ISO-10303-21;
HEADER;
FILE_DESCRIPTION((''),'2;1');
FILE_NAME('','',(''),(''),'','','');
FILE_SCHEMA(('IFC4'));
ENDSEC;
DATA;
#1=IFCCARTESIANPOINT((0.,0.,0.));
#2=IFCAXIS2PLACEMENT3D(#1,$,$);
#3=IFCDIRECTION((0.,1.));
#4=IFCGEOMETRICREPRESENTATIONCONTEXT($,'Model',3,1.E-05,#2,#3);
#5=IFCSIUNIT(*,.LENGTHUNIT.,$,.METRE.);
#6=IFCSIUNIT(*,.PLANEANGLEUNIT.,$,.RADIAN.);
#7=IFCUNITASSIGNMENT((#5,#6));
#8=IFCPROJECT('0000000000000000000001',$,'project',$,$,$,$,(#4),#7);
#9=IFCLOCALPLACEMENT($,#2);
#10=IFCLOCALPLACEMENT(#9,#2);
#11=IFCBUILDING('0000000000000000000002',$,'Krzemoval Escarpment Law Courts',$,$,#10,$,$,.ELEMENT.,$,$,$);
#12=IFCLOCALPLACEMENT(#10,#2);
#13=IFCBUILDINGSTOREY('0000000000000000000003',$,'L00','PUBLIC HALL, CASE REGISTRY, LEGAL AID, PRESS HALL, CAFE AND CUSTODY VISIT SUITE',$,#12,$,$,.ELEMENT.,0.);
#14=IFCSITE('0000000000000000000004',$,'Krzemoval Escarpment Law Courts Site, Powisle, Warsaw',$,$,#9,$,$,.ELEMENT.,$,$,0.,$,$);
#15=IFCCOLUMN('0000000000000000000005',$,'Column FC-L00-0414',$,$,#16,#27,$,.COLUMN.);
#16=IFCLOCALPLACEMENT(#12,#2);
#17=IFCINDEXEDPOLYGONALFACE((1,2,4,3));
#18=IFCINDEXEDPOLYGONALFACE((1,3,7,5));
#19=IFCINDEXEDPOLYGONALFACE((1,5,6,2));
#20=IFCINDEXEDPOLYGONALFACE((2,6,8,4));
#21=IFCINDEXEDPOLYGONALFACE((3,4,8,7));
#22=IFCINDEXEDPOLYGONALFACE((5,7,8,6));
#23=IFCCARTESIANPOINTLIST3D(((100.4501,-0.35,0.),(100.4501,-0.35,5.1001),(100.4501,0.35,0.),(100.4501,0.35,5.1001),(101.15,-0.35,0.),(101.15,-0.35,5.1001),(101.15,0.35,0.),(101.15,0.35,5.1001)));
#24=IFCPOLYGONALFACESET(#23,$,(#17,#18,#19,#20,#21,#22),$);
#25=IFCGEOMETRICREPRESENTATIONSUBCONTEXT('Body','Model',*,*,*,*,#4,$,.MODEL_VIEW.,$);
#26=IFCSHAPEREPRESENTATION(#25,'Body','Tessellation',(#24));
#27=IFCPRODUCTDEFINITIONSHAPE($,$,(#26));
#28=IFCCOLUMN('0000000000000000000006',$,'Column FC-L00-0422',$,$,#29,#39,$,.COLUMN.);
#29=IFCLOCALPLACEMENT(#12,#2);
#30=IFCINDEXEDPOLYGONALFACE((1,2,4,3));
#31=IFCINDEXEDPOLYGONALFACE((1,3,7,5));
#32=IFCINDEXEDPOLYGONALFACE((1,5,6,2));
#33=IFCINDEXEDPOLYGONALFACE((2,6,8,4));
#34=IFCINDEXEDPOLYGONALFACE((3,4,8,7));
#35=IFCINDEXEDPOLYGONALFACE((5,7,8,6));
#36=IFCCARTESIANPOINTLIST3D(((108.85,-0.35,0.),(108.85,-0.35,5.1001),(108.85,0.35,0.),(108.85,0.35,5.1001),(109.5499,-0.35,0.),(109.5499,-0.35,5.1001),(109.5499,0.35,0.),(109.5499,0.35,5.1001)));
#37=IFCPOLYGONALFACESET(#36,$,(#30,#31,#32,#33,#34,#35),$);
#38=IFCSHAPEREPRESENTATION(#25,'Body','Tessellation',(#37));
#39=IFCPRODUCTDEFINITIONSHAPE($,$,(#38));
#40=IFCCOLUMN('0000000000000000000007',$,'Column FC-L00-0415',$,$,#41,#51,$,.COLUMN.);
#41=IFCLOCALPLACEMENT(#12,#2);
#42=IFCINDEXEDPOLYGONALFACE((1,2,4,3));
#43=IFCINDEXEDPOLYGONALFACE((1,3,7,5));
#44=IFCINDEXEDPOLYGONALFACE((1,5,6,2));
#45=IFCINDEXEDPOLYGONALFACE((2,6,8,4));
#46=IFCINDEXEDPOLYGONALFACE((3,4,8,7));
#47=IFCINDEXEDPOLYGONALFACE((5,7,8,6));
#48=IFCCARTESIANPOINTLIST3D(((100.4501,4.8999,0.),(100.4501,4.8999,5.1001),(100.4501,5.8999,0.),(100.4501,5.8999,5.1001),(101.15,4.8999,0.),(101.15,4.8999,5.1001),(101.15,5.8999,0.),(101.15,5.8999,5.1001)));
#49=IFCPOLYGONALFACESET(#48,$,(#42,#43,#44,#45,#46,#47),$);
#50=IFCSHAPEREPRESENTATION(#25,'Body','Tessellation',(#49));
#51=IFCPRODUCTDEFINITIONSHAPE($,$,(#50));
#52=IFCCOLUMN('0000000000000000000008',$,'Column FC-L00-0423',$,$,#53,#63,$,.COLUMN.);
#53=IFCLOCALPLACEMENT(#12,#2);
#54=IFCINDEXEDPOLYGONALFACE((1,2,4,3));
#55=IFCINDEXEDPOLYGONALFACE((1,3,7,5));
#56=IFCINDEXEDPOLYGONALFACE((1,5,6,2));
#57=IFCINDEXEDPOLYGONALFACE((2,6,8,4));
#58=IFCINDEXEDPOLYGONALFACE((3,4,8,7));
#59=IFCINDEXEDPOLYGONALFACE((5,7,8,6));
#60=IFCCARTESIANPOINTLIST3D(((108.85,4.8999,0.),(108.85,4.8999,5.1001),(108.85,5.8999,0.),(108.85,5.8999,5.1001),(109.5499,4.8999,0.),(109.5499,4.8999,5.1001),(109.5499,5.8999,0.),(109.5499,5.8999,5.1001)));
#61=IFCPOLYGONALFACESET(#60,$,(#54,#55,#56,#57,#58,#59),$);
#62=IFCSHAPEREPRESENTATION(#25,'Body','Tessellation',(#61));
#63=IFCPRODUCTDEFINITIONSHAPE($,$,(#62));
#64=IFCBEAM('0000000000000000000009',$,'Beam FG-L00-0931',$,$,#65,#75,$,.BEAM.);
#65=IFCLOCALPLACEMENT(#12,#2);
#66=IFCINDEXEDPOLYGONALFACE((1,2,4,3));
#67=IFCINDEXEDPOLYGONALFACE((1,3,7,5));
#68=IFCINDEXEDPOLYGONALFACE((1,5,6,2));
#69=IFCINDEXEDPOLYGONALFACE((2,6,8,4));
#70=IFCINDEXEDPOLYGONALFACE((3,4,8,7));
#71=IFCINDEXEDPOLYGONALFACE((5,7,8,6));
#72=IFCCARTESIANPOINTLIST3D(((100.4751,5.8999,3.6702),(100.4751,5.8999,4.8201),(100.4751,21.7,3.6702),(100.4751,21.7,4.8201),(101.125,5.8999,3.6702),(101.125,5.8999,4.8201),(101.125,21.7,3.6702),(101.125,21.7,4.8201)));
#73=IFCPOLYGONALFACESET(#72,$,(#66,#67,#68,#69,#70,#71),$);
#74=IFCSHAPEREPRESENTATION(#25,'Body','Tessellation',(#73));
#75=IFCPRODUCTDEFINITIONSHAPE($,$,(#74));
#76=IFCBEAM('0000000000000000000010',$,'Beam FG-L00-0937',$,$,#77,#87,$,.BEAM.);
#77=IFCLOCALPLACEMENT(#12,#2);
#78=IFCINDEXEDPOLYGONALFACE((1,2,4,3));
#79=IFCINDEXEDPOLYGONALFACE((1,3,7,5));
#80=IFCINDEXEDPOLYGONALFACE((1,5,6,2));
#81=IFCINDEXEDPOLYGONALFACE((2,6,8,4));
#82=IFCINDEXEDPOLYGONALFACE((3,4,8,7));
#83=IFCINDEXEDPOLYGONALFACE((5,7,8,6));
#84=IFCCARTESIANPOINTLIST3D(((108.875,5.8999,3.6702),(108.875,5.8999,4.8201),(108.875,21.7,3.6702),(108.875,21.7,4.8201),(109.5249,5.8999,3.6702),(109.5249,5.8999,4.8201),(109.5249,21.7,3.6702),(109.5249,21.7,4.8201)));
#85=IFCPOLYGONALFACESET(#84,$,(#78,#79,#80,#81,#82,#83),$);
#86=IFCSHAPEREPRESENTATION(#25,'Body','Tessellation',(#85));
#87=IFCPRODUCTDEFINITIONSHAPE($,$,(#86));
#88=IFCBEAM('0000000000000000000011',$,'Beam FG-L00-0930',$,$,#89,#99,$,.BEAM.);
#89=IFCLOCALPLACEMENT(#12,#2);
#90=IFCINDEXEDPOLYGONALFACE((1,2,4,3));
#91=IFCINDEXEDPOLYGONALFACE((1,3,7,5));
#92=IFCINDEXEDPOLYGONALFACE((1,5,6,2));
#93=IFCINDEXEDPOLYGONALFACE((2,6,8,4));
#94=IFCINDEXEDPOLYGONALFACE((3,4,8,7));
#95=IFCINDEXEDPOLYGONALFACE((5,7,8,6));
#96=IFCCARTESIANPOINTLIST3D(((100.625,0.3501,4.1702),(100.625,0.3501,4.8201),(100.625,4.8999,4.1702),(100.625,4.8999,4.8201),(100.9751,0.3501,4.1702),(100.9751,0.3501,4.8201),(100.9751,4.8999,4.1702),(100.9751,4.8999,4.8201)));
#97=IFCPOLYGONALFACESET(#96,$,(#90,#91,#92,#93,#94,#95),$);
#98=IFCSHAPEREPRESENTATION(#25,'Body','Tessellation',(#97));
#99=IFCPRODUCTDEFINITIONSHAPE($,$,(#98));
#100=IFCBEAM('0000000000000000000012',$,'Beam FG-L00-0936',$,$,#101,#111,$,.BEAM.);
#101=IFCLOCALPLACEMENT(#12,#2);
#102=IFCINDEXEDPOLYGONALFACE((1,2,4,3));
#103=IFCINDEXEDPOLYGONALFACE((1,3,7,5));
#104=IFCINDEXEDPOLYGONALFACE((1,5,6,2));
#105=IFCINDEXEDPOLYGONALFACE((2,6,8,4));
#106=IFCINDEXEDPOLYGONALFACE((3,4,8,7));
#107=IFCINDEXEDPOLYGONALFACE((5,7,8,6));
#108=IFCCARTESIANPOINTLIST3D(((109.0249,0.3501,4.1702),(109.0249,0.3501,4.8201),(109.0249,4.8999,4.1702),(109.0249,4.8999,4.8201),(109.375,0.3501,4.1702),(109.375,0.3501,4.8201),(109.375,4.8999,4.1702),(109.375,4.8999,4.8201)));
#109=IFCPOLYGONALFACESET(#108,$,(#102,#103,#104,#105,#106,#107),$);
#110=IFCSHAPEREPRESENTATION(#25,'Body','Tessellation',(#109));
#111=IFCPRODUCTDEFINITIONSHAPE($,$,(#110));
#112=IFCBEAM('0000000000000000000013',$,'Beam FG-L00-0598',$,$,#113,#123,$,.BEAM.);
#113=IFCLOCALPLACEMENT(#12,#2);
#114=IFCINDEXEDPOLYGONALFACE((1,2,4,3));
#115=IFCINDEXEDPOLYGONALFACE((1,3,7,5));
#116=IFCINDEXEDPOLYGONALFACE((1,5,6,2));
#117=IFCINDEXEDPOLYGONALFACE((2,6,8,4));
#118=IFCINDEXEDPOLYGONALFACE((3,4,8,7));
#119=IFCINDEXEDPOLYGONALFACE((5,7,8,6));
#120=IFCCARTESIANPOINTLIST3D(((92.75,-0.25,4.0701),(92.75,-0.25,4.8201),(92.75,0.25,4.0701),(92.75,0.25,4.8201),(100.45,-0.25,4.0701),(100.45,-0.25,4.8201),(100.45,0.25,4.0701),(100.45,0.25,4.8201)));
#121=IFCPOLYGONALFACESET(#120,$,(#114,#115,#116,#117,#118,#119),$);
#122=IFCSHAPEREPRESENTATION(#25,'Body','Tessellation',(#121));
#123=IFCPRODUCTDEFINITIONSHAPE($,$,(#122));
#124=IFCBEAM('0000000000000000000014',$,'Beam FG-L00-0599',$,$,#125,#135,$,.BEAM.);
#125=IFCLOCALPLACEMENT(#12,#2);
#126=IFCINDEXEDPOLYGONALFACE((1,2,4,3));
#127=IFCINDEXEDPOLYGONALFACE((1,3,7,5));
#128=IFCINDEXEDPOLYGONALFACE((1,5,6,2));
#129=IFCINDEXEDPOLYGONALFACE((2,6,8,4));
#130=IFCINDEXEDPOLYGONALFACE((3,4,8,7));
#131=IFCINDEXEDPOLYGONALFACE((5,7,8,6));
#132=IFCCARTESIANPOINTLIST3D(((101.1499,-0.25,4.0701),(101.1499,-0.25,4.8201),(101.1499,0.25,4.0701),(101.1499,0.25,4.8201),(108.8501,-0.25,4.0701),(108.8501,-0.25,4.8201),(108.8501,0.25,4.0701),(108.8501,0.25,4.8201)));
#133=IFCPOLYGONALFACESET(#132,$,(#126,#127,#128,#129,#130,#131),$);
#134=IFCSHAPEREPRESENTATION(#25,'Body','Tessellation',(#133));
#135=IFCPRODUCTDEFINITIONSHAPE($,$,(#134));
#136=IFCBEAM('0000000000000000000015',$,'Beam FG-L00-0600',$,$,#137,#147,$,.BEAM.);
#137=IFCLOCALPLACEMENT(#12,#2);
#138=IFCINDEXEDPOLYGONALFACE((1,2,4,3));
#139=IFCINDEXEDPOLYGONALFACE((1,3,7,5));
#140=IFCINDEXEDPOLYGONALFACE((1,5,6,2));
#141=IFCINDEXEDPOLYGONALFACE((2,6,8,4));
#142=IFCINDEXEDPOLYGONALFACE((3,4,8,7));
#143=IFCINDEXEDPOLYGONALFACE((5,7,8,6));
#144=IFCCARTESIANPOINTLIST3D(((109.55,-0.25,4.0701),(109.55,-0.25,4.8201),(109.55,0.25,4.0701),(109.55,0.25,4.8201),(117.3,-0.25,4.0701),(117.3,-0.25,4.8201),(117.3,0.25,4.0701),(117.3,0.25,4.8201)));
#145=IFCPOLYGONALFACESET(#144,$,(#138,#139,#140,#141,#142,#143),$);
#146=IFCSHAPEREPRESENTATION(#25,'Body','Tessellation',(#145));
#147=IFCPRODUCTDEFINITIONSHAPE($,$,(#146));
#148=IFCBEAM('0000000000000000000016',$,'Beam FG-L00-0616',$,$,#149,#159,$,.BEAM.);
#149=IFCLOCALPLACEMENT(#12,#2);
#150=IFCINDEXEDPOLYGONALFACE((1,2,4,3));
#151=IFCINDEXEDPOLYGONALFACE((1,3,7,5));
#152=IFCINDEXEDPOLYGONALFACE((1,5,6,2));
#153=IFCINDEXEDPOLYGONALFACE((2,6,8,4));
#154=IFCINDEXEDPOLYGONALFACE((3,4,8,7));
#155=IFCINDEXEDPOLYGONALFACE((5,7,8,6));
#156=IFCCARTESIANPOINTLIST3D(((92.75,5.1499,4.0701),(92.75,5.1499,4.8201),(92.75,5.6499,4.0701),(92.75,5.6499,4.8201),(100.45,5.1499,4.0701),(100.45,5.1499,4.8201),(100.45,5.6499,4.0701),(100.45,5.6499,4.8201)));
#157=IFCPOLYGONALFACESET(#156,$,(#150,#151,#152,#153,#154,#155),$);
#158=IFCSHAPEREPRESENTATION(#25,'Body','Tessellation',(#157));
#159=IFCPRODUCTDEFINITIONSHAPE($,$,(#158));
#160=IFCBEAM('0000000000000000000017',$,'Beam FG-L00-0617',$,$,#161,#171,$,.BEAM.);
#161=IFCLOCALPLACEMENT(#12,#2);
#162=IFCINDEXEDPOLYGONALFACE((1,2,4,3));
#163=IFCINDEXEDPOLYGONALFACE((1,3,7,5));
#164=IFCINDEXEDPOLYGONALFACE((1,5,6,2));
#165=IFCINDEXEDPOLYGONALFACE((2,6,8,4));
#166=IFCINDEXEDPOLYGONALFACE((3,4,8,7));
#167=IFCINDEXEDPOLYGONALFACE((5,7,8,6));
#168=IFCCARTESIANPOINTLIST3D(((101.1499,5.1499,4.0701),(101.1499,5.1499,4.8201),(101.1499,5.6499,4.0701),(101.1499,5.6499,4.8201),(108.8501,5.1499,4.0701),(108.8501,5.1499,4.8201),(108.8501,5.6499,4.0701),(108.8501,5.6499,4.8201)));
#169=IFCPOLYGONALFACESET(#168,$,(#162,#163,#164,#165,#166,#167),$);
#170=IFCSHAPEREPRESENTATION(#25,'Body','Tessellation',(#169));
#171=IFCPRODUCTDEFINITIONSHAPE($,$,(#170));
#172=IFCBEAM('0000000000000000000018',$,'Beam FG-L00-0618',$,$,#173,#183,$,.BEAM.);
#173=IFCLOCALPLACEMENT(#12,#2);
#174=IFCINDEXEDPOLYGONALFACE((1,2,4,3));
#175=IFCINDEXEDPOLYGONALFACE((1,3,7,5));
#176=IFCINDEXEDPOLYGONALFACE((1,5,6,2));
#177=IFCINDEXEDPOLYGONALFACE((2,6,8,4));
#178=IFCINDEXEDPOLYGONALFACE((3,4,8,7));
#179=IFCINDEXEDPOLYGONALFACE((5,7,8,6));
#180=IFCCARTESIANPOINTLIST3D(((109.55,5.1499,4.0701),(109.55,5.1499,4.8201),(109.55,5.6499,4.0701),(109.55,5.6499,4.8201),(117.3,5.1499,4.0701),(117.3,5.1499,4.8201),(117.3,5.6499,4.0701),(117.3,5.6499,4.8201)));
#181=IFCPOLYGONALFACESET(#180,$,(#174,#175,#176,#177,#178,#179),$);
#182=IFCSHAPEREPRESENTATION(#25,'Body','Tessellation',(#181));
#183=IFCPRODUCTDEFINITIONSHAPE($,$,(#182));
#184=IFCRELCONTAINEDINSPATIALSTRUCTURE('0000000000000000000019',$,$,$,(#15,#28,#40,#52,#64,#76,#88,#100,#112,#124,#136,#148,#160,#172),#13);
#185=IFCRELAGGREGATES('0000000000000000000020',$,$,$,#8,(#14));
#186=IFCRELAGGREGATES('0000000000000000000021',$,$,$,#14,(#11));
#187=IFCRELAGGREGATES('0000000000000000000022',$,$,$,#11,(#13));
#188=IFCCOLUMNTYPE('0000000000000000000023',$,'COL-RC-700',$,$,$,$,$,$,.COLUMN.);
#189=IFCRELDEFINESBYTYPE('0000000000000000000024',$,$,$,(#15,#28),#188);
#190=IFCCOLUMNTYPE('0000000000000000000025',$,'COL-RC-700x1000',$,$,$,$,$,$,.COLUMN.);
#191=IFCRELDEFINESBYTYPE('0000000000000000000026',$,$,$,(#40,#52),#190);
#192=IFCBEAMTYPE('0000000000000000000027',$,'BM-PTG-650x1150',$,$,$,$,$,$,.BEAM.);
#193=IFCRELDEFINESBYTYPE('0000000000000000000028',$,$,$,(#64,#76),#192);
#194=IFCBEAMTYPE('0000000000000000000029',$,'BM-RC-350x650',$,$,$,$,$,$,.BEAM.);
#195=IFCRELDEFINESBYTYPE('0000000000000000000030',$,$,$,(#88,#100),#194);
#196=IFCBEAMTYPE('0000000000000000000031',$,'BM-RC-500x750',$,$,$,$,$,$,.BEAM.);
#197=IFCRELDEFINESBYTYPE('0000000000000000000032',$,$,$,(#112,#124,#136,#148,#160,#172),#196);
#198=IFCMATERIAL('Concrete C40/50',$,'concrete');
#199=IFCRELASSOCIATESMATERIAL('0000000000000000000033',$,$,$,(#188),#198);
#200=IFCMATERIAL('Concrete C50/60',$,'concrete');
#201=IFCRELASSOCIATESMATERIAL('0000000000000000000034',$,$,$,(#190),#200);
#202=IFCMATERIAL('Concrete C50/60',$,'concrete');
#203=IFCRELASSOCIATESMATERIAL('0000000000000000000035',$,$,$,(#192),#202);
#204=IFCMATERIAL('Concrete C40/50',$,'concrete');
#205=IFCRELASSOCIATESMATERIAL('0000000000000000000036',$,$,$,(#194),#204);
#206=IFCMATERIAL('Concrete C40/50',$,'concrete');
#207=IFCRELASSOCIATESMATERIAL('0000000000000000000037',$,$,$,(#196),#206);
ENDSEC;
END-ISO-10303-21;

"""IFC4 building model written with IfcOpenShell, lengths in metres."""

from ifc_helpers import new_model, si_unit, direction, frame, origin, origin_2d, place, context, subcontext, project, spatial, rectangle, extrude, material, material_profile, profile_set, type_object, element, save


model = new_model("IFC4")

# Units and contexts
model_context = context("Model", 3, precision=1e-05, world=origin(), true_north=direction((0.0, 1.0)))
body_context = subcontext(model_context, "Body", "Model", "MODEL_VIEW")
ifc_project = project(units=[si_unit("LENGTHUNIT", "METRE"), si_unit("PLANEANGLEUNIT", "RADIAN")], contexts=[model_context])

# Site, building, storey
site_placement = place(None, origin())
site = spatial("IfcSite", under=ifc_project, at=site_placement, Name="Krzemoval Escarpment Law Courts Site, Powisle, Warsaw", CompositionType="ELEMENT", RefElevation=0.0)
building_placement = place(site_placement, origin())
building = spatial("IfcBuilding", under=site, at=building_placement, Name="Krzemoval Escarpment Law Courts", CompositionType="ELEMENT")
storey_placement = place(building_placement, origin())
storey = spatial("IfcBuildingStorey", under=building, at=storey_placement, Name="L00", Description="PUBLIC HALL, CASE REGISTRY, LEGAL AID, PRESS HALL, CAFE AND CUSTODY VISIT SUITE", CompositionType="ELEMENT", Elevation=0.0)

# Columns
ifc_material_1 = material(Name="Concrete C40/50", Category="concrete")
ifc_material_profile_1 = material_profile(ifc_material_1, rectangle(XDim=0.7, YDim=0.7, at=origin_2d()), Name="RC 700x700")
ifc_profile_set_1 = profile_set([ifc_material_profile_1], Name="Concrete C40/50")
column_type_1 = type_object("IfcColumnType", Name="COL-RC-700", PredefinedType="COLUMN", material=ifc_profile_set_1)
for number, where, z_axis, x_axis, name in (
    (1, (100.8, 0.0, 0.0), (0.0, 0.0, 1.0), (1.0, 0.0, 0.0), "Column FC-L00-0414"),
    (2, (109.2, 0.0, 0.0), (0.0, 0.0, 1.0), (1.0, 0.0, 0.0), "Column FC-L00-0422"),
):
    element("IfcColumn", number, at=place(storey_placement, frame(where, z_axis=z_axis, x_axis=x_axis)), inside=storey, type_object=column_type_1, Name=name, PredefinedType="COLUMN", context=body_context, shape_type="SweptSolid", body=[
        extrude(rectangle(XDim=0.7, YDim=0.7, at=origin_2d()), origin(), (0.0, 0.0, 1.0), 5.1001),
    ])
ifc_material_2 = material(Name="Concrete C50/60", Category="concrete")
ifc_material_profile_2 = material_profile(ifc_material_2, rectangle(XDim=0.7, YDim=1.0, at=origin_2d()), Name="RC 700x1000")
ifc_profile_set_2 = profile_set([ifc_material_profile_2], Name="Concrete C50/60")
column_type_2 = type_object("IfcColumnType", Name="COL-RC-700x1000", PredefinedType="COLUMN", material=ifc_profile_set_2)
for number, where, z_axis, x_axis, name in (
    (3, (100.8, 5.3999, 0.0), (0.0, 0.0, 1.0), (1.0, 0.0, 0.0), "Column FC-L00-0415"),
    (4, (109.2, 5.3999, 0.0), (0.0, 0.0, 1.0), (1.0, 0.0, 0.0), "Column FC-L00-0423"),
):
    element("IfcColumn", number, at=place(storey_placement, frame(where, z_axis=z_axis, x_axis=x_axis)), inside=storey, type_object=column_type_2, Name=name, PredefinedType="COLUMN", context=body_context, shape_type="SweptSolid", body=[
        extrude(rectangle(XDim=0.7, YDim=1.0, at=origin_2d()), origin(), (0.0, 0.0, 1.0), 5.1001),
    ])

# Beams
ifc_material_3 = material(Name="Concrete C50/60", Category="concrete")
ifc_material_profile_3 = material_profile(ifc_material_3, rectangle(XDim=0.6499, YDim=1.1499, at=origin_2d()), Name="PTG 650x1150")
ifc_profile_set_3 = profile_set([ifc_material_profile_3], Name="Concrete C50/60")
beam_type_1 = type_object("IfcBeamType", Name="BM-PTG-650x1150", PredefinedType="BEAM", material=ifc_profile_set_3)
for number, where, z_axis, x_axis, name in (
    (5, (100.8, 5.8999, 4.2451), (0.0, 1.0, 0.0), (-1.0, 0.0, 0.0), "Beam FG-L00-0931"),
    (6, (109.2, 5.8999, 4.2451), (0.0, 1.0, 0.0), (-1.0, 0.0, 0.0), "Beam FG-L00-0937"),
):
    element("IfcBeam", number, at=place(storey_placement, frame(where, z_axis=z_axis, x_axis=x_axis)), inside=storey, type_object=beam_type_1, Name=name, PredefinedType="BEAM", context=body_context, shape_type="SweptSolid", body=[
        extrude(rectangle(XDim=0.6499, YDim=1.1499, at=origin_2d()), origin(), (0.0, 0.0, 1.0), 15.8),
    ])
ifc_material_4 = material(Name="Concrete C40/50", Category="concrete")
ifc_material_profile_4 = material_profile(ifc_material_4, rectangle(XDim=0.3501, YDim=0.6499, at=origin_2d()), Name="RCB 350x650")
ifc_profile_set_4 = profile_set([ifc_material_profile_4], Name="Concrete C40/50")
beam_type_2 = type_object("IfcBeamType", Name="BM-RC-350x650", PredefinedType="BEAM", material=ifc_profile_set_4)
for number, where, z_axis, x_axis, name in (
    (7, (100.8, 0.3501, 4.4951), (0.0, 1.0, 0.0), (-1.0, 0.0, 0.0), "Beam FG-L00-0930"),
    (8, (109.2, 0.3501, 4.4951), (0.0, 1.0, 0.0), (-1.0, 0.0, 0.0), "Beam FG-L00-0936"),
):
    element("IfcBeam", number, at=place(storey_placement, frame(where, z_axis=z_axis, x_axis=x_axis)), inside=storey, type_object=beam_type_2, Name=name, PredefinedType="BEAM", context=body_context, shape_type="SweptSolid", body=[
        extrude(rectangle(XDim=0.3501, YDim=0.6499, at=origin_2d()), origin(), (0.0, 0.0, 1.0), 4.5498),
    ])
ifc_material_5 = material(Name="Concrete C40/50", Category="concrete")
ifc_material_profile_5 = material_profile(ifc_material_5, rectangle(XDim=0.5, YDim=0.75, at=origin_2d()), Name="RCB 500x750")
ifc_profile_set_5 = profile_set([ifc_material_profile_5], Name="Concrete C40/50")
beam_type_3 = type_object("IfcBeamType", Name="BM-RC-500x750", PredefinedType="BEAM", material=ifc_profile_set_5)
beam_1_placement = place(storey_placement, frame((92.75, 0.0, 4.4451), z_axis=(1.0, 0.0, 0.0), x_axis=(0.0, 1.0, 0.0)))
element("IfcBeam", 9, at=beam_1_placement, inside=storey, type_object=beam_type_3, Name="Beam FG-L00-0598", PredefinedType="BEAM", context=body_context, shape_type="SweptSolid", body=[
    extrude(rectangle(XDim=0.5, YDim=0.75, at=origin_2d()), origin(), (0.0, 0.0, 1.0), 7.7),
])
beam_2_placement = place(storey_placement, frame((101.1499, 0.0, 4.4451), z_axis=(1.0, 0.0, 0.0), x_axis=(0.0, 1.0, 0.0)))
element("IfcBeam", 10, at=beam_2_placement, inside=storey, type_object=beam_type_3, Name="Beam FG-L00-0599", PredefinedType="BEAM", context=body_context, shape_type="SweptSolid", body=[
    extrude(rectangle(XDim=0.5, YDim=0.75, at=origin_2d()), origin(), (0.0, 0.0, 1.0), 7.7002),
])
beam_3_placement = place(storey_placement, frame((109.55, 0.0, 4.4451), z_axis=(1.0, 0.0, 0.0), x_axis=(0.0, 1.0, 0.0)))
element("IfcBeam", 11, at=beam_3_placement, inside=storey, type_object=beam_type_3, Name="Beam FG-L00-0600", PredefinedType="BEAM", context=body_context, shape_type="SweptSolid", body=[
    extrude(rectangle(XDim=0.5, YDim=0.75, at=origin_2d()), origin(), (0.0, 0.0, 1.0), 7.75),
])
beam_4_placement = place(storey_placement, frame((92.75, 5.3999, 4.4451), z_axis=(1.0, 0.0, 0.0), x_axis=(0.0, 1.0, 0.0)))
element("IfcBeam", 12, at=beam_4_placement, inside=storey, type_object=beam_type_3, Name="Beam FG-L00-0616", PredefinedType="BEAM", context=body_context, shape_type="SweptSolid", body=[
    extrude(rectangle(XDim=0.5, YDim=0.75, at=origin_2d()), origin(), (0.0, 0.0, 1.0), 7.7),
])
beam_5_placement = place(storey_placement, frame((101.1499, 5.3999, 4.4451), z_axis=(1.0, 0.0, 0.0), x_axis=(0.0, 1.0, 0.0)))
element("IfcBeam", 13, at=beam_5_placement, inside=storey, type_object=beam_type_3, Name="Beam FG-L00-0617", PredefinedType="BEAM", context=body_context, shape_type="SweptSolid", body=[
    extrude(rectangle(XDim=0.5, YDim=0.75, at=origin_2d()), origin(), (0.0, 0.0, 1.0), 7.7002),
])
beam_6_placement = place(storey_placement, frame((109.55, 5.3999, 4.4451), z_axis=(1.0, 0.0, 0.0), x_axis=(0.0, 1.0, 0.0)))
element("IfcBeam", 14, at=beam_6_placement, inside=storey, type_object=beam_type_3, Name="Beam FG-L00-0618", PredefinedType="BEAM", context=body_context, shape_type="SweptSolid", body=[
    extrude(rectangle(XDim=0.5, YDim=0.75, at=origin_2d()), origin(), (0.0, 0.0, 1.0), 7.75),
])

save(model, "model.ifc")
